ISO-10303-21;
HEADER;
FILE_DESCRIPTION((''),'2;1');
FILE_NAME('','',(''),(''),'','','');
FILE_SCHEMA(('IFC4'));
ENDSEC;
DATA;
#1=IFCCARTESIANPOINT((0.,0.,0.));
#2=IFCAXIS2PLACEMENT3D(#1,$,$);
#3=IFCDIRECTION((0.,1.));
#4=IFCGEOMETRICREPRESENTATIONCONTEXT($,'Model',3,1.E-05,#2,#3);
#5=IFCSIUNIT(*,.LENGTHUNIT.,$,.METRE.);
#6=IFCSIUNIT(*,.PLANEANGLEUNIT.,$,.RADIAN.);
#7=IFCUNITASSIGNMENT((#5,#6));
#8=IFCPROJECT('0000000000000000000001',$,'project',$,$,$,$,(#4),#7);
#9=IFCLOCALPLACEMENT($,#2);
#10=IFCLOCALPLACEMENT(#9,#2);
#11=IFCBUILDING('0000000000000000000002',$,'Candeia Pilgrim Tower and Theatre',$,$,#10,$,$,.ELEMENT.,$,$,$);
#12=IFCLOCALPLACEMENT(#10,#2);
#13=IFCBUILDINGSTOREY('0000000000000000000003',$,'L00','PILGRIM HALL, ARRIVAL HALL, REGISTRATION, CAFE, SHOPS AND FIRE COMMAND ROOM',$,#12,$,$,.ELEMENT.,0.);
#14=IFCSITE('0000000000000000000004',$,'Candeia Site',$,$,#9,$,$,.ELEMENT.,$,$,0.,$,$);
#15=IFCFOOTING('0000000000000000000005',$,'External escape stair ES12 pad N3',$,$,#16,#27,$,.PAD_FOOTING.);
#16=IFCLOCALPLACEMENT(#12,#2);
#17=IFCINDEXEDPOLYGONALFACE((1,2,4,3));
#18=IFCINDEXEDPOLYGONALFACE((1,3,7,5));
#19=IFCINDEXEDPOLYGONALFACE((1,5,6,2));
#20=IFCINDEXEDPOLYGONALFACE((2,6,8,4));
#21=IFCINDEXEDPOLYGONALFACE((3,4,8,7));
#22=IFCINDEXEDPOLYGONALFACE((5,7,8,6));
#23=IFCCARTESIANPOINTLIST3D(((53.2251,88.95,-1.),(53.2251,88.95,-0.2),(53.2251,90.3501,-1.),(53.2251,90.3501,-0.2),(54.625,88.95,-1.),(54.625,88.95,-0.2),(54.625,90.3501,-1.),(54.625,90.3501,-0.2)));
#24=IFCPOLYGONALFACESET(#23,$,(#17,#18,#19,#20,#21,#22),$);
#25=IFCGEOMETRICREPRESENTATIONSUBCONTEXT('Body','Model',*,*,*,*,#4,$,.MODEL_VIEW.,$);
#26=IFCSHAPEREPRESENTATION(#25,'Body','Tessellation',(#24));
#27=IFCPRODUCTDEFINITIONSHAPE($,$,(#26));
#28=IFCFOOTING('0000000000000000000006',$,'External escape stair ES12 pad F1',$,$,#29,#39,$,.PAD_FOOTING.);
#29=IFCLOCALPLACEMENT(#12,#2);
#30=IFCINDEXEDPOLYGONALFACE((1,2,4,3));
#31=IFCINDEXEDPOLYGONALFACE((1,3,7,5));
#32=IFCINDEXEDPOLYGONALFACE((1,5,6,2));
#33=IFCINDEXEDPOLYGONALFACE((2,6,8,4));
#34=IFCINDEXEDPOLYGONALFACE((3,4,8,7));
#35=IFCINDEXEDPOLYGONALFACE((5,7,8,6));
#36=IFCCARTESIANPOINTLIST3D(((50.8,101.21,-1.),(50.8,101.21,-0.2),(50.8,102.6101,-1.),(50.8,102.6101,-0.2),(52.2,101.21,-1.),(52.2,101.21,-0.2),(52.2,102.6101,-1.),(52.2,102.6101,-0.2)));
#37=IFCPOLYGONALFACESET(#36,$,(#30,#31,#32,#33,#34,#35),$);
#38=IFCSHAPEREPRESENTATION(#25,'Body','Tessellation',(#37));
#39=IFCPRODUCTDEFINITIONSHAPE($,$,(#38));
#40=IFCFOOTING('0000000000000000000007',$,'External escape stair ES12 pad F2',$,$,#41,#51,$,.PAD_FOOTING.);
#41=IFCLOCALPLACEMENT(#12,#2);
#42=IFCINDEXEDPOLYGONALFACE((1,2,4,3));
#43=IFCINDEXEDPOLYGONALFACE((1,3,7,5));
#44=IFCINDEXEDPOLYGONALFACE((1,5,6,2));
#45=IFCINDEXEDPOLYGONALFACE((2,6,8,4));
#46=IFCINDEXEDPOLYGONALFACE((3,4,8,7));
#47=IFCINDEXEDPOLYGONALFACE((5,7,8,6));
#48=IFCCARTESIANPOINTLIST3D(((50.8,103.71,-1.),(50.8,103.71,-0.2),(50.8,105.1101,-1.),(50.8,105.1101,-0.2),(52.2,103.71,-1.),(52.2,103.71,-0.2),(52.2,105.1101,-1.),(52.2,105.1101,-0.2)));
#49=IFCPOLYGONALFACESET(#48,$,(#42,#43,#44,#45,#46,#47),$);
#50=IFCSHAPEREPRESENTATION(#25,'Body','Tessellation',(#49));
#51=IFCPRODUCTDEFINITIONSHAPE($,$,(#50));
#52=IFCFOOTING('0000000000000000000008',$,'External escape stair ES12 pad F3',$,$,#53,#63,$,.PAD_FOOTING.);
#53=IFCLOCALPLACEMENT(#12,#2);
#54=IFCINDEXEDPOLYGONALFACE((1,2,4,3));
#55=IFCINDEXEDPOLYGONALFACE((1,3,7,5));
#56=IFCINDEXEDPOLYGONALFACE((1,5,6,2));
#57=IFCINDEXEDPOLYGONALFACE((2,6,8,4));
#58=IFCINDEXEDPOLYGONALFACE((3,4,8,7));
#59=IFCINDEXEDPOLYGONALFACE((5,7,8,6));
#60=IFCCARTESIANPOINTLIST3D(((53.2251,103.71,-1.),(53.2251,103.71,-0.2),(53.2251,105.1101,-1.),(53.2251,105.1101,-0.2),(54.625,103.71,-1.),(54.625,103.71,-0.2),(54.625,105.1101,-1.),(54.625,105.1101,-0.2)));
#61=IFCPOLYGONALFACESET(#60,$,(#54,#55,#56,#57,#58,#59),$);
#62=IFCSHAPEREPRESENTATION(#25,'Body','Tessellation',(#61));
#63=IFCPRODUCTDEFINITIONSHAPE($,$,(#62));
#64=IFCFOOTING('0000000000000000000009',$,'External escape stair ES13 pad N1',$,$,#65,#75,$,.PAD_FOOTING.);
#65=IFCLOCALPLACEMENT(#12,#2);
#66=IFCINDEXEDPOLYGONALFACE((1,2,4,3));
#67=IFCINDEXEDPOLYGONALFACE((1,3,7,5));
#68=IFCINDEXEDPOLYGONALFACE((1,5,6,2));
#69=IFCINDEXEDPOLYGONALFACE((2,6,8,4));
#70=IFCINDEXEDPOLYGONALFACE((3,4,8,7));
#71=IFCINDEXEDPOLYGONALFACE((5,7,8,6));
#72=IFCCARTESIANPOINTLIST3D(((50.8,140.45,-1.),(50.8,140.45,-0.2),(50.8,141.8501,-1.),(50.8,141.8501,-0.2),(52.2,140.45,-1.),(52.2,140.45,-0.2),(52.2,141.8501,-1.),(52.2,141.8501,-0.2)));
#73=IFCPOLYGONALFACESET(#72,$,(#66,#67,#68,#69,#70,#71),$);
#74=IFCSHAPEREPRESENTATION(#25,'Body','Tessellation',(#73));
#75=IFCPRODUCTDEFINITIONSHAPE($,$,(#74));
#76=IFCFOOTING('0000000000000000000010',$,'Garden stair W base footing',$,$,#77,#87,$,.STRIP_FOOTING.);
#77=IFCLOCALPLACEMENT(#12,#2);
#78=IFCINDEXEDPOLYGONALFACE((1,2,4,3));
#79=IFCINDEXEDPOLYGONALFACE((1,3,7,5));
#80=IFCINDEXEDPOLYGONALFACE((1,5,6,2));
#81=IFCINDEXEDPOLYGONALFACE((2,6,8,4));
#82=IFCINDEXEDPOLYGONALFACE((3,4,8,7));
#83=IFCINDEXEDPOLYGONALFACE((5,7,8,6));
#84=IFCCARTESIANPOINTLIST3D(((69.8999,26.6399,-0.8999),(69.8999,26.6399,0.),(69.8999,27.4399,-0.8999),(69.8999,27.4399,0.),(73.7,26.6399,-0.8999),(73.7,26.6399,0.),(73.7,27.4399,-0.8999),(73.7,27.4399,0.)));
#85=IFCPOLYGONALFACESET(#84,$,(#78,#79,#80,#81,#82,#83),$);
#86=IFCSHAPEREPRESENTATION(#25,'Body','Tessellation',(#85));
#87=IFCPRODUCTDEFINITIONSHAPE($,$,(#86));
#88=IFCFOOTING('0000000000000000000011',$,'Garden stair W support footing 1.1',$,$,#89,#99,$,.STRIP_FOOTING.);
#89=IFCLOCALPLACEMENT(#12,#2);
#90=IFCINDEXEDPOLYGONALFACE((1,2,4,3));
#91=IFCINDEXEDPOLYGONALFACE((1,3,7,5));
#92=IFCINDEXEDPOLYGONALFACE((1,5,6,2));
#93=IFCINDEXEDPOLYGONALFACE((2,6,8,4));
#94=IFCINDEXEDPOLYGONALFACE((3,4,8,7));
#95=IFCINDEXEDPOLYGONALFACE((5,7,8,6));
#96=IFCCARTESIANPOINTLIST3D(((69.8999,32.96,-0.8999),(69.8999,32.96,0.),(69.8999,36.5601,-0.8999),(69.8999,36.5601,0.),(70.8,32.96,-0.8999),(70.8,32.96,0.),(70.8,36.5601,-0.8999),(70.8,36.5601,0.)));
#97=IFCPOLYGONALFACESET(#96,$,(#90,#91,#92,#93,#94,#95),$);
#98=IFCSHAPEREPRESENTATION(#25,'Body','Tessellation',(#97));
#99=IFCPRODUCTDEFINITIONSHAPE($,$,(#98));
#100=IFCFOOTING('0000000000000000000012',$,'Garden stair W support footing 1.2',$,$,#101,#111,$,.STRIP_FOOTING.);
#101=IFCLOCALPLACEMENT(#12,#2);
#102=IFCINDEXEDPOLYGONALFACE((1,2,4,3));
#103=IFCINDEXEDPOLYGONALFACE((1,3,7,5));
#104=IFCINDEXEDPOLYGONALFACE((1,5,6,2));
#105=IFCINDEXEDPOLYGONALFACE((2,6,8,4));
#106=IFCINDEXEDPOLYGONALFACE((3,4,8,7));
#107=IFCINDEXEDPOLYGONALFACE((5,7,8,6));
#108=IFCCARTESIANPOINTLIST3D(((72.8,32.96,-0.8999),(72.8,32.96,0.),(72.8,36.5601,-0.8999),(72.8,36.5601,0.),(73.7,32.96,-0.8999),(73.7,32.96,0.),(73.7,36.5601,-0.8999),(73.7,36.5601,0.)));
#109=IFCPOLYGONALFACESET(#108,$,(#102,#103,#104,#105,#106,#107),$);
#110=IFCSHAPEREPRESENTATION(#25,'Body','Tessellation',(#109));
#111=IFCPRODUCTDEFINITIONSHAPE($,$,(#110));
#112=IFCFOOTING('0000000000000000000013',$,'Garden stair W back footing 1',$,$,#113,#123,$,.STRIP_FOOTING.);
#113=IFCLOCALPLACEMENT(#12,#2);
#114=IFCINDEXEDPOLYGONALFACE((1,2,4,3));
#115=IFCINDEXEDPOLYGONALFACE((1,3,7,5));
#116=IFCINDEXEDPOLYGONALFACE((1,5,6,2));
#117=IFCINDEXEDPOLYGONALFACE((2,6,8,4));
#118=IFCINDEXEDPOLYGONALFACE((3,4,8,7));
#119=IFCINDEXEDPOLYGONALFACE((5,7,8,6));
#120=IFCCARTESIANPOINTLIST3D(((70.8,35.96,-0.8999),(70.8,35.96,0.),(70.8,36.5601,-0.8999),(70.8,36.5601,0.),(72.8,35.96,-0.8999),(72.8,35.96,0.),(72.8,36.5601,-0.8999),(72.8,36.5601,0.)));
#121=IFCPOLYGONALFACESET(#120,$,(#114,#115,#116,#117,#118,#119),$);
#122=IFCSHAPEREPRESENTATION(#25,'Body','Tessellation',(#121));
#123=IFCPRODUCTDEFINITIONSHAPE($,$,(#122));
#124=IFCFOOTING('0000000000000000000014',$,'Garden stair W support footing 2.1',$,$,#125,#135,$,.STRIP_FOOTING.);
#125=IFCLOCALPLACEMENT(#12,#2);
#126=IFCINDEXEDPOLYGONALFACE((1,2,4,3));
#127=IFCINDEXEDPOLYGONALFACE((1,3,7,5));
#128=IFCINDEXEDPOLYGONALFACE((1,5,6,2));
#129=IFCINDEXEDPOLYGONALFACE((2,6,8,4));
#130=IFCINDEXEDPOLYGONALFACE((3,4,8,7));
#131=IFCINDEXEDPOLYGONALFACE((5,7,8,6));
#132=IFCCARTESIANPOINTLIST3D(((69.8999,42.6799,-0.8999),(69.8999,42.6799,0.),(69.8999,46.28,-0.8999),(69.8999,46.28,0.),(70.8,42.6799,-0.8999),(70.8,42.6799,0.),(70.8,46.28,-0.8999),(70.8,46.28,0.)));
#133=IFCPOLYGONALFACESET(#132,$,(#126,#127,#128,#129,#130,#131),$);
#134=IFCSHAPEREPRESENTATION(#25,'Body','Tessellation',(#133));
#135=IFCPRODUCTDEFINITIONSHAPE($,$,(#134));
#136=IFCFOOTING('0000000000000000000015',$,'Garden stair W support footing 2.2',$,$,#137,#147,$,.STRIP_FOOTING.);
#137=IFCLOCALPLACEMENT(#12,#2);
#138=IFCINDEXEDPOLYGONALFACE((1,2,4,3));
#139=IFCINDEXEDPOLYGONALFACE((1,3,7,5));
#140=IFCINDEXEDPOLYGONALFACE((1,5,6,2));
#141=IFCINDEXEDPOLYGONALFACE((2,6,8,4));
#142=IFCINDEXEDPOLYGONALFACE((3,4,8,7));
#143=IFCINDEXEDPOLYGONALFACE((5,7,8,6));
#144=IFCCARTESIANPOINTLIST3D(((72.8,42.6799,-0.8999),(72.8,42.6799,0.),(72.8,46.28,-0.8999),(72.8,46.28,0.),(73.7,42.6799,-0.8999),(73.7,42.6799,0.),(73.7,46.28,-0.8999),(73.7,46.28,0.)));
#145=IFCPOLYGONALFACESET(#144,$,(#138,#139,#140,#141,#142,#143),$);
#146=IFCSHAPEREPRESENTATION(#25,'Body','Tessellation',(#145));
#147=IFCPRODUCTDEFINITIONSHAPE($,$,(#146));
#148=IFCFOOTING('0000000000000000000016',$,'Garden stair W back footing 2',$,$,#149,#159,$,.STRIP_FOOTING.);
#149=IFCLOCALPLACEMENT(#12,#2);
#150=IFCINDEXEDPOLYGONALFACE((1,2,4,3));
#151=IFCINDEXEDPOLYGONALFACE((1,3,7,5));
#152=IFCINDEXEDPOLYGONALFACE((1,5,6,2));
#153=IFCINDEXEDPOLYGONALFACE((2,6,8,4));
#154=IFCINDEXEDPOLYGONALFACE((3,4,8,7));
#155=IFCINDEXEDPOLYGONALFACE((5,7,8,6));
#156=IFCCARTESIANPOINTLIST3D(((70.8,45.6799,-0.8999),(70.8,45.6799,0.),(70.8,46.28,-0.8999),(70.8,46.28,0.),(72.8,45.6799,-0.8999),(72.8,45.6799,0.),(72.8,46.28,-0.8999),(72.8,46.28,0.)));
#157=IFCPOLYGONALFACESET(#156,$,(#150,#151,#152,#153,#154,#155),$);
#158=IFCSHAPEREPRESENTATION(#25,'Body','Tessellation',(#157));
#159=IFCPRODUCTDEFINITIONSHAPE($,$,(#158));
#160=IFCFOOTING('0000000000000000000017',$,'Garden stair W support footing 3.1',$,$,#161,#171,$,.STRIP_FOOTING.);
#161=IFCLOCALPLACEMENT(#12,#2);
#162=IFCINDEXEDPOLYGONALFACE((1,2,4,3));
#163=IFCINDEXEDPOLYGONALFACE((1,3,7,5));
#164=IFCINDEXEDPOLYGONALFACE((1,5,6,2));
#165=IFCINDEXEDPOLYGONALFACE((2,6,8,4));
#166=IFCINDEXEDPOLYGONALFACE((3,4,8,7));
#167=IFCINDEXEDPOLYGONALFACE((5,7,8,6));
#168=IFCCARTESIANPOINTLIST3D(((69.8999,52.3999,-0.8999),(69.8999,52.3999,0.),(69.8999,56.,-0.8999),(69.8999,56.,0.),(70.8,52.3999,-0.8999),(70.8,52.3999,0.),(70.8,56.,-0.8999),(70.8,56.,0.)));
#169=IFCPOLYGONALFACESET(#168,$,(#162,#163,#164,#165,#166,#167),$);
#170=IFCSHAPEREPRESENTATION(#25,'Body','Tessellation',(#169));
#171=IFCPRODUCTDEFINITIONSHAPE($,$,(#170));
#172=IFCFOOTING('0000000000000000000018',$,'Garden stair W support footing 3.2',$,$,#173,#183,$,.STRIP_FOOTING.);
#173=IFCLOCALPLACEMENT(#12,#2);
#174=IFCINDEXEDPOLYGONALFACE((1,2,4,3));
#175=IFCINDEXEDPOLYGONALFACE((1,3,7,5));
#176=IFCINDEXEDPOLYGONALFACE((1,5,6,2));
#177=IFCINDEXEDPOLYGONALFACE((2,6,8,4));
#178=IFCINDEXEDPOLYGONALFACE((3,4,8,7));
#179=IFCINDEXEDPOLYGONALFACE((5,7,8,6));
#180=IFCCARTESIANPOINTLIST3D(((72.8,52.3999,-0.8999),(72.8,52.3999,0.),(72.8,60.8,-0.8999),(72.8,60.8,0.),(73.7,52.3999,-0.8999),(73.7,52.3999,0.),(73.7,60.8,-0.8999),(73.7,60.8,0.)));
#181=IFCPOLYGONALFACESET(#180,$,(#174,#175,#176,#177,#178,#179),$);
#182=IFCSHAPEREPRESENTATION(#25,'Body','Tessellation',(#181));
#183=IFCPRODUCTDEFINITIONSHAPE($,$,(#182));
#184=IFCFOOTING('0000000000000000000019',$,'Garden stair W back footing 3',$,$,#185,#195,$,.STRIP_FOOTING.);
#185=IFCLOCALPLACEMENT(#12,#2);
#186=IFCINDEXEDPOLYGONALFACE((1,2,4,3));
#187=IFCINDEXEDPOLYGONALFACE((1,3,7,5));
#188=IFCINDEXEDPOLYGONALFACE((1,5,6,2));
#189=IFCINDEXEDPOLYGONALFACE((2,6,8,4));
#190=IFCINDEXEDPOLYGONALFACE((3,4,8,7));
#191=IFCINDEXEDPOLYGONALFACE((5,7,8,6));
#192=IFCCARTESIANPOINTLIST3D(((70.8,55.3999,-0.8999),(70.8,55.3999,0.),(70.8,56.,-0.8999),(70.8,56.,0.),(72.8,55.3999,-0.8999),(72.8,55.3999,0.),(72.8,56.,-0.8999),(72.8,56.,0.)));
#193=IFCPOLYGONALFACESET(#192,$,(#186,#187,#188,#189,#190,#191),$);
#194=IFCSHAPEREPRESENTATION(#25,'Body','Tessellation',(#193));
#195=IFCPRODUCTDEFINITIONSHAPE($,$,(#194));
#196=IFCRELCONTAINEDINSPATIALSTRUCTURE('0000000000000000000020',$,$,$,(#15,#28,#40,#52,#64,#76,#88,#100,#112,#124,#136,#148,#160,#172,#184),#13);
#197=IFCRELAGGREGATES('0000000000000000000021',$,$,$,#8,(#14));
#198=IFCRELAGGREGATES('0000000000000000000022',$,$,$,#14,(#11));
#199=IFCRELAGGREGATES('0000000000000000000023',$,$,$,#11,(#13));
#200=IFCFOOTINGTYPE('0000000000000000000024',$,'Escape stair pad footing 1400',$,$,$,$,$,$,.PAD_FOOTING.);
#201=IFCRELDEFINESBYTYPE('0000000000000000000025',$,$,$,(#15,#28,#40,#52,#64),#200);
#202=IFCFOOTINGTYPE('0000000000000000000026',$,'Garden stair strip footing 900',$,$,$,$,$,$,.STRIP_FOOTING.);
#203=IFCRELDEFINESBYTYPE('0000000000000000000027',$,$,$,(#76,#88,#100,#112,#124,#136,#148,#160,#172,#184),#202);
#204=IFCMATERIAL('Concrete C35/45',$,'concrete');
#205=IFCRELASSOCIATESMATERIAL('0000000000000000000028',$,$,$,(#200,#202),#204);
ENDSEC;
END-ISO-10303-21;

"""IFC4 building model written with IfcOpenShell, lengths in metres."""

from ifc_helpers import new_model, si_unit, direction, frame, origin, place, context, subcontext, project, spatial, polyline, outline, extrude, material, type_object, element, save


model = new_model("IFC4")

# Units and contexts
model_context = context("Model", 3, precision=1e-05, world=origin(), true_north=direction((0.0, 1.0)))
body_context = subcontext(model_context, "Body", "Model", "MODEL_VIEW")
ifc_project = project(units=[si_unit("LENGTHUNIT", "METRE"), si_unit("PLANEANGLEUNIT", "RADIAN")], contexts=[model_context])

# Site, building, storey
site_placement = place(None, origin())
site = spatial("IfcSite", under=ifc_project, at=site_placement, Name="Candeia Site", CompositionType="ELEMENT", RefElevation=0.0)
building_placement = place(site_placement, origin())
building = spatial("IfcBuilding", under=site, at=building_placement, Name="Candeia Pilgrim Tower and Theatre", CompositionType="ELEMENT")
storey_placement = place(building_placement, origin())
storey = spatial("IfcBuildingStorey", under=building, at=storey_placement, Name="L00", Description="PILGRIM HALL, ARRIVAL HALL, REGISTRATION, CAFE, SHOPS AND FIRE COMMAND ROOM", CompositionType="ELEMENT", Elevation=0.0)

# Footings
ifc_material_1 = material(Name="Concrete C35/45", Category="concrete")
footing_type_1 = type_object("IfcFootingType", Name="Escape stair pad footing 1400", PredefinedType="PAD_FOOTING", material=ifc_material_1)
footing_1_placement = place(storey_placement, frame((0.0, 0.0, -1.0)))
element("IfcFooting", 1, at=footing_1_placement, inside=storey, type_object=footing_type_1, Name="External escape stair ES12 pad N3", PredefinedType="PAD_FOOTING", context=body_context, shape_type="SweptSolid", body=[
    extrude(outline(polyline([(53.2251, 88.95), (54.625, 88.95), (54.625, 90.3501), (53.2251, 90.3501), (53.2251, 88.95)])), origin(), (0.0, 0.0, 1.0), 0.8),
])
footing_2_placement = place(storey_placement, frame((0.0, 0.0, -1.0)))
element("IfcFooting", 2, at=footing_2_placement, inside=storey, type_object=footing_type_1, Name="External escape stair ES12 pad F1", PredefinedType="PAD_FOOTING", context=body_context, shape_type="SweptSolid", body=[
    extrude(outline(polyline([(50.8, 101.21), (52.2, 101.21), (52.2, 102.6101), (50.8, 102.6101), (50.8, 101.21)])), origin(), (0.0, 0.0, 1.0), 0.8),
])
footing_3_placement = place(storey_placement, frame((0.0, 0.0, -1.0)))
element("IfcFooting", 3, at=footing_3_placement, inside=storey, type_object=footing_type_1, Name="External escape stair ES12 pad F2", PredefinedType="PAD_FOOTING", context=body_context, shape_type="SweptSolid", body=[
    extrude(outline(polyline([(50.8, 103.71), (52.2, 103.71), (52.2, 105.1101), (50.8, 105.1101), (50.8, 103.71)])), origin(), (0.0, 0.0, 1.0), 0.8),
])
footing_4_placement = place(storey_placement, frame((0.0, 0.0, -1.0)))
element("IfcFooting", 4, at=footing_4_placement, inside=storey, type_object=footing_type_1, Name="External escape stair ES12 pad F3", PredefinedType="PAD_FOOTING", context=body_context, shape_type="SweptSolid", body=[
    extrude(outline(polyline([(53.2251, 103.71), (54.625, 103.71), (54.625, 105.1101), (53.2251, 105.1101), (53.2251, 103.71)])), origin(), (0.0, 0.0, 1.0), 0.8),
])
footing_5_placement = place(storey_placement, frame((0.0, 0.0, -1.0)))
element("IfcFooting", 5, at=footing_5_placement, inside=storey, type_object=footing_type_1, Name="External escape stair ES13 pad N1", PredefinedType="PAD_FOOTING", context=body_context, shape_type="SweptSolid", body=[
    extrude(outline(polyline([(50.8, 140.45), (52.2, 140.45), (52.2, 141.8501), (50.8, 141.8501), (50.8, 140.45)])), origin(), (0.0, 0.0, 1.0), 0.8),
])
footing_type_2 = type_object("IfcFootingType", Name="Garden stair strip footing 900", PredefinedType="STRIP_FOOTING", material=ifc_material_1)
footing_6_placement = place(storey_placement, frame((0.0, 0.0, -0.8999)))
element("IfcFooting", 6, at=footing_6_placement, inside=storey, type_object=footing_type_2, Name="Garden stair W base footing", PredefinedType="STRIP_FOOTING", context=body_context, shape_type="SweptSolid", body=[
    extrude(outline(polyline([(69.8999, 26.6399), (73.7, 26.6399), (73.7, 27.4399), (69.8999, 27.4399), (69.8999, 26.6399)])), origin(), (0.0, 0.0, 1.0), 0.8999),
])
footing_7_placement = place(storey_placement, frame((0.0, 0.0, -0.8999)))
element("IfcFooting", 7, at=footing_7_placement, inside=storey, type_object=footing_type_2, Name="Garden stair W support footing 1.1", PredefinedType="STRIP_FOOTING", context=body_context, shape_type="SweptSolid", body=[
    extrude(outline(polyline([(69.8999, 32.96), (70.8, 32.96), (70.8, 36.5601), (69.8999, 36.5601), (69.8999, 32.96)])), origin(), (0.0, 0.0, 1.0), 0.8999),
])
footing_8_placement = place(storey_placement, frame((0.0, 0.0, -0.8999)))
element("IfcFooting", 8, at=footing_8_placement, inside=storey, type_object=footing_type_2, Name="Garden stair W support footing 1.2", PredefinedType="STRIP_FOOTING", context=body_context, shape_type="SweptSolid", body=[
    extrude(outline(polyline([(72.8, 32.96), (73.7, 32.96), (73.7, 36.5601), (72.8, 36.5601), (72.8, 32.96)])), origin(), (0.0, 0.0, 1.0), 0.8999),
])
footing_9_placement = place(storey_placement, frame((0.0, 0.0, -0.8999)))
element("IfcFooting", 9, at=footing_9_placement, inside=storey, type_object=footing_type_2, Name="Garden stair W back footing 1", PredefinedType="STRIP_FOOTING", context=body_context, shape_type="SweptSolid", body=[
    extrude(outline(polyline([(70.8, 35.96), (72.8, 35.96), (72.8, 36.5601), (70.8, 36.5601), (70.8, 35.96)])), origin(), (0.0, 0.0, 1.0), 0.8999),
])
footing_10_placement = place(storey_placement, frame((0.0, 0.0, -0.8999)))
element("IfcFooting", 10, at=footing_10_placement, inside=storey, type_object=footing_type_2, Name="Garden stair W support footing 2.1", PredefinedType="STRIP_FOOTING", context=body_context, shape_type="SweptSolid", body=[
    extrude(outline(polyline([(69.8999, 42.6799), (70.8, 42.6799), (70.8, 46.28), (69.8999, 46.28), (69.8999, 42.6799)])), origin(), (0.0, 0.0, 1.0), 0.8999),
])
footing_11_placement = place(storey_placement, frame((0.0, 0.0, -0.8999)))
element("IfcFooting", 11, at=footing_11_placement, inside=storey, type_object=footing_type_2, Name="Garden stair W support footing 2.2", PredefinedType="STRIP_FOOTING", context=body_context, shape_type="SweptSolid", body=[
    extrude(outline(polyline([(72.8, 42.6799), (73.7, 42.6799), (73.7, 46.28), (72.8, 46.28), (72.8, 42.6799)])), origin(), (0.0, 0.0, 1.0), 0.8999),
])
footing_12_placement = place(storey_placement, frame((0.0, 0.0, -0.8999)))
element("IfcFooting", 12, at=footing_12_placement, inside=storey, type_object=footing_type_2, Name="Garden stair W back footing 2", PredefinedType="STRIP_FOOTING", context=body_context, shape_type="SweptSolid", body=[
    extrude(outline(polyline([(70.8, 45.6799), (72.8, 45.6799), (72.8, 46.28), (70.8, 46.28), (70.8, 45.6799)])), origin(), (0.0, 0.0, 1.0), 0.8999),
])
footing_13_placement = place(storey_placement, frame((0.0, 0.0, -0.8999)))
element("IfcFooting", 13, at=footing_13_placement, inside=storey, type_object=footing_type_2, Name="Garden stair W support footing 3.1", PredefinedType="STRIP_FOOTING", context=body_context, shape_type="SweptSolid", body=[
    extrude(outline(polyline([(69.8999, 52.3999), (70.8, 52.3999), (70.8, 56.0), (69.8999, 56.0), (69.8999, 52.3999)])), origin(), (0.0, 0.0, 1.0), 0.8999),
])
footing_14_placement = place(storey_placement, frame((0.0, 0.0, -0.8999)))
element("IfcFooting", 14, at=footing_14_placement, inside=storey, type_object=footing_type_2, Name="Garden stair W support footing 3.2", PredefinedType="STRIP_FOOTING", context=body_context, shape_type="SweptSolid", body=[
    extrude(outline(polyline([(72.8, 52.3999), (73.7, 52.3999), (73.7, 60.8), (72.8, 60.8), (72.8, 52.3999)])), origin(), (0.0, 0.0, 1.0), 0.8999),
])
footing_15_placement = place(storey_placement, frame((0.0, 0.0, -0.8999)))
element("IfcFooting", 15, at=footing_15_placement, inside=storey, type_object=footing_type_2, Name="Garden stair W back footing 3", PredefinedType="STRIP_FOOTING", context=body_context, shape_type="SweptSolid", body=[
    extrude(outline(polyline([(70.8, 55.3999), (72.8, 55.3999), (72.8, 56.0), (70.8, 56.0), (70.8, 55.3999)])), origin(), (0.0, 0.0, 1.0), 0.8999),
])

save(model, "model.ifc")
